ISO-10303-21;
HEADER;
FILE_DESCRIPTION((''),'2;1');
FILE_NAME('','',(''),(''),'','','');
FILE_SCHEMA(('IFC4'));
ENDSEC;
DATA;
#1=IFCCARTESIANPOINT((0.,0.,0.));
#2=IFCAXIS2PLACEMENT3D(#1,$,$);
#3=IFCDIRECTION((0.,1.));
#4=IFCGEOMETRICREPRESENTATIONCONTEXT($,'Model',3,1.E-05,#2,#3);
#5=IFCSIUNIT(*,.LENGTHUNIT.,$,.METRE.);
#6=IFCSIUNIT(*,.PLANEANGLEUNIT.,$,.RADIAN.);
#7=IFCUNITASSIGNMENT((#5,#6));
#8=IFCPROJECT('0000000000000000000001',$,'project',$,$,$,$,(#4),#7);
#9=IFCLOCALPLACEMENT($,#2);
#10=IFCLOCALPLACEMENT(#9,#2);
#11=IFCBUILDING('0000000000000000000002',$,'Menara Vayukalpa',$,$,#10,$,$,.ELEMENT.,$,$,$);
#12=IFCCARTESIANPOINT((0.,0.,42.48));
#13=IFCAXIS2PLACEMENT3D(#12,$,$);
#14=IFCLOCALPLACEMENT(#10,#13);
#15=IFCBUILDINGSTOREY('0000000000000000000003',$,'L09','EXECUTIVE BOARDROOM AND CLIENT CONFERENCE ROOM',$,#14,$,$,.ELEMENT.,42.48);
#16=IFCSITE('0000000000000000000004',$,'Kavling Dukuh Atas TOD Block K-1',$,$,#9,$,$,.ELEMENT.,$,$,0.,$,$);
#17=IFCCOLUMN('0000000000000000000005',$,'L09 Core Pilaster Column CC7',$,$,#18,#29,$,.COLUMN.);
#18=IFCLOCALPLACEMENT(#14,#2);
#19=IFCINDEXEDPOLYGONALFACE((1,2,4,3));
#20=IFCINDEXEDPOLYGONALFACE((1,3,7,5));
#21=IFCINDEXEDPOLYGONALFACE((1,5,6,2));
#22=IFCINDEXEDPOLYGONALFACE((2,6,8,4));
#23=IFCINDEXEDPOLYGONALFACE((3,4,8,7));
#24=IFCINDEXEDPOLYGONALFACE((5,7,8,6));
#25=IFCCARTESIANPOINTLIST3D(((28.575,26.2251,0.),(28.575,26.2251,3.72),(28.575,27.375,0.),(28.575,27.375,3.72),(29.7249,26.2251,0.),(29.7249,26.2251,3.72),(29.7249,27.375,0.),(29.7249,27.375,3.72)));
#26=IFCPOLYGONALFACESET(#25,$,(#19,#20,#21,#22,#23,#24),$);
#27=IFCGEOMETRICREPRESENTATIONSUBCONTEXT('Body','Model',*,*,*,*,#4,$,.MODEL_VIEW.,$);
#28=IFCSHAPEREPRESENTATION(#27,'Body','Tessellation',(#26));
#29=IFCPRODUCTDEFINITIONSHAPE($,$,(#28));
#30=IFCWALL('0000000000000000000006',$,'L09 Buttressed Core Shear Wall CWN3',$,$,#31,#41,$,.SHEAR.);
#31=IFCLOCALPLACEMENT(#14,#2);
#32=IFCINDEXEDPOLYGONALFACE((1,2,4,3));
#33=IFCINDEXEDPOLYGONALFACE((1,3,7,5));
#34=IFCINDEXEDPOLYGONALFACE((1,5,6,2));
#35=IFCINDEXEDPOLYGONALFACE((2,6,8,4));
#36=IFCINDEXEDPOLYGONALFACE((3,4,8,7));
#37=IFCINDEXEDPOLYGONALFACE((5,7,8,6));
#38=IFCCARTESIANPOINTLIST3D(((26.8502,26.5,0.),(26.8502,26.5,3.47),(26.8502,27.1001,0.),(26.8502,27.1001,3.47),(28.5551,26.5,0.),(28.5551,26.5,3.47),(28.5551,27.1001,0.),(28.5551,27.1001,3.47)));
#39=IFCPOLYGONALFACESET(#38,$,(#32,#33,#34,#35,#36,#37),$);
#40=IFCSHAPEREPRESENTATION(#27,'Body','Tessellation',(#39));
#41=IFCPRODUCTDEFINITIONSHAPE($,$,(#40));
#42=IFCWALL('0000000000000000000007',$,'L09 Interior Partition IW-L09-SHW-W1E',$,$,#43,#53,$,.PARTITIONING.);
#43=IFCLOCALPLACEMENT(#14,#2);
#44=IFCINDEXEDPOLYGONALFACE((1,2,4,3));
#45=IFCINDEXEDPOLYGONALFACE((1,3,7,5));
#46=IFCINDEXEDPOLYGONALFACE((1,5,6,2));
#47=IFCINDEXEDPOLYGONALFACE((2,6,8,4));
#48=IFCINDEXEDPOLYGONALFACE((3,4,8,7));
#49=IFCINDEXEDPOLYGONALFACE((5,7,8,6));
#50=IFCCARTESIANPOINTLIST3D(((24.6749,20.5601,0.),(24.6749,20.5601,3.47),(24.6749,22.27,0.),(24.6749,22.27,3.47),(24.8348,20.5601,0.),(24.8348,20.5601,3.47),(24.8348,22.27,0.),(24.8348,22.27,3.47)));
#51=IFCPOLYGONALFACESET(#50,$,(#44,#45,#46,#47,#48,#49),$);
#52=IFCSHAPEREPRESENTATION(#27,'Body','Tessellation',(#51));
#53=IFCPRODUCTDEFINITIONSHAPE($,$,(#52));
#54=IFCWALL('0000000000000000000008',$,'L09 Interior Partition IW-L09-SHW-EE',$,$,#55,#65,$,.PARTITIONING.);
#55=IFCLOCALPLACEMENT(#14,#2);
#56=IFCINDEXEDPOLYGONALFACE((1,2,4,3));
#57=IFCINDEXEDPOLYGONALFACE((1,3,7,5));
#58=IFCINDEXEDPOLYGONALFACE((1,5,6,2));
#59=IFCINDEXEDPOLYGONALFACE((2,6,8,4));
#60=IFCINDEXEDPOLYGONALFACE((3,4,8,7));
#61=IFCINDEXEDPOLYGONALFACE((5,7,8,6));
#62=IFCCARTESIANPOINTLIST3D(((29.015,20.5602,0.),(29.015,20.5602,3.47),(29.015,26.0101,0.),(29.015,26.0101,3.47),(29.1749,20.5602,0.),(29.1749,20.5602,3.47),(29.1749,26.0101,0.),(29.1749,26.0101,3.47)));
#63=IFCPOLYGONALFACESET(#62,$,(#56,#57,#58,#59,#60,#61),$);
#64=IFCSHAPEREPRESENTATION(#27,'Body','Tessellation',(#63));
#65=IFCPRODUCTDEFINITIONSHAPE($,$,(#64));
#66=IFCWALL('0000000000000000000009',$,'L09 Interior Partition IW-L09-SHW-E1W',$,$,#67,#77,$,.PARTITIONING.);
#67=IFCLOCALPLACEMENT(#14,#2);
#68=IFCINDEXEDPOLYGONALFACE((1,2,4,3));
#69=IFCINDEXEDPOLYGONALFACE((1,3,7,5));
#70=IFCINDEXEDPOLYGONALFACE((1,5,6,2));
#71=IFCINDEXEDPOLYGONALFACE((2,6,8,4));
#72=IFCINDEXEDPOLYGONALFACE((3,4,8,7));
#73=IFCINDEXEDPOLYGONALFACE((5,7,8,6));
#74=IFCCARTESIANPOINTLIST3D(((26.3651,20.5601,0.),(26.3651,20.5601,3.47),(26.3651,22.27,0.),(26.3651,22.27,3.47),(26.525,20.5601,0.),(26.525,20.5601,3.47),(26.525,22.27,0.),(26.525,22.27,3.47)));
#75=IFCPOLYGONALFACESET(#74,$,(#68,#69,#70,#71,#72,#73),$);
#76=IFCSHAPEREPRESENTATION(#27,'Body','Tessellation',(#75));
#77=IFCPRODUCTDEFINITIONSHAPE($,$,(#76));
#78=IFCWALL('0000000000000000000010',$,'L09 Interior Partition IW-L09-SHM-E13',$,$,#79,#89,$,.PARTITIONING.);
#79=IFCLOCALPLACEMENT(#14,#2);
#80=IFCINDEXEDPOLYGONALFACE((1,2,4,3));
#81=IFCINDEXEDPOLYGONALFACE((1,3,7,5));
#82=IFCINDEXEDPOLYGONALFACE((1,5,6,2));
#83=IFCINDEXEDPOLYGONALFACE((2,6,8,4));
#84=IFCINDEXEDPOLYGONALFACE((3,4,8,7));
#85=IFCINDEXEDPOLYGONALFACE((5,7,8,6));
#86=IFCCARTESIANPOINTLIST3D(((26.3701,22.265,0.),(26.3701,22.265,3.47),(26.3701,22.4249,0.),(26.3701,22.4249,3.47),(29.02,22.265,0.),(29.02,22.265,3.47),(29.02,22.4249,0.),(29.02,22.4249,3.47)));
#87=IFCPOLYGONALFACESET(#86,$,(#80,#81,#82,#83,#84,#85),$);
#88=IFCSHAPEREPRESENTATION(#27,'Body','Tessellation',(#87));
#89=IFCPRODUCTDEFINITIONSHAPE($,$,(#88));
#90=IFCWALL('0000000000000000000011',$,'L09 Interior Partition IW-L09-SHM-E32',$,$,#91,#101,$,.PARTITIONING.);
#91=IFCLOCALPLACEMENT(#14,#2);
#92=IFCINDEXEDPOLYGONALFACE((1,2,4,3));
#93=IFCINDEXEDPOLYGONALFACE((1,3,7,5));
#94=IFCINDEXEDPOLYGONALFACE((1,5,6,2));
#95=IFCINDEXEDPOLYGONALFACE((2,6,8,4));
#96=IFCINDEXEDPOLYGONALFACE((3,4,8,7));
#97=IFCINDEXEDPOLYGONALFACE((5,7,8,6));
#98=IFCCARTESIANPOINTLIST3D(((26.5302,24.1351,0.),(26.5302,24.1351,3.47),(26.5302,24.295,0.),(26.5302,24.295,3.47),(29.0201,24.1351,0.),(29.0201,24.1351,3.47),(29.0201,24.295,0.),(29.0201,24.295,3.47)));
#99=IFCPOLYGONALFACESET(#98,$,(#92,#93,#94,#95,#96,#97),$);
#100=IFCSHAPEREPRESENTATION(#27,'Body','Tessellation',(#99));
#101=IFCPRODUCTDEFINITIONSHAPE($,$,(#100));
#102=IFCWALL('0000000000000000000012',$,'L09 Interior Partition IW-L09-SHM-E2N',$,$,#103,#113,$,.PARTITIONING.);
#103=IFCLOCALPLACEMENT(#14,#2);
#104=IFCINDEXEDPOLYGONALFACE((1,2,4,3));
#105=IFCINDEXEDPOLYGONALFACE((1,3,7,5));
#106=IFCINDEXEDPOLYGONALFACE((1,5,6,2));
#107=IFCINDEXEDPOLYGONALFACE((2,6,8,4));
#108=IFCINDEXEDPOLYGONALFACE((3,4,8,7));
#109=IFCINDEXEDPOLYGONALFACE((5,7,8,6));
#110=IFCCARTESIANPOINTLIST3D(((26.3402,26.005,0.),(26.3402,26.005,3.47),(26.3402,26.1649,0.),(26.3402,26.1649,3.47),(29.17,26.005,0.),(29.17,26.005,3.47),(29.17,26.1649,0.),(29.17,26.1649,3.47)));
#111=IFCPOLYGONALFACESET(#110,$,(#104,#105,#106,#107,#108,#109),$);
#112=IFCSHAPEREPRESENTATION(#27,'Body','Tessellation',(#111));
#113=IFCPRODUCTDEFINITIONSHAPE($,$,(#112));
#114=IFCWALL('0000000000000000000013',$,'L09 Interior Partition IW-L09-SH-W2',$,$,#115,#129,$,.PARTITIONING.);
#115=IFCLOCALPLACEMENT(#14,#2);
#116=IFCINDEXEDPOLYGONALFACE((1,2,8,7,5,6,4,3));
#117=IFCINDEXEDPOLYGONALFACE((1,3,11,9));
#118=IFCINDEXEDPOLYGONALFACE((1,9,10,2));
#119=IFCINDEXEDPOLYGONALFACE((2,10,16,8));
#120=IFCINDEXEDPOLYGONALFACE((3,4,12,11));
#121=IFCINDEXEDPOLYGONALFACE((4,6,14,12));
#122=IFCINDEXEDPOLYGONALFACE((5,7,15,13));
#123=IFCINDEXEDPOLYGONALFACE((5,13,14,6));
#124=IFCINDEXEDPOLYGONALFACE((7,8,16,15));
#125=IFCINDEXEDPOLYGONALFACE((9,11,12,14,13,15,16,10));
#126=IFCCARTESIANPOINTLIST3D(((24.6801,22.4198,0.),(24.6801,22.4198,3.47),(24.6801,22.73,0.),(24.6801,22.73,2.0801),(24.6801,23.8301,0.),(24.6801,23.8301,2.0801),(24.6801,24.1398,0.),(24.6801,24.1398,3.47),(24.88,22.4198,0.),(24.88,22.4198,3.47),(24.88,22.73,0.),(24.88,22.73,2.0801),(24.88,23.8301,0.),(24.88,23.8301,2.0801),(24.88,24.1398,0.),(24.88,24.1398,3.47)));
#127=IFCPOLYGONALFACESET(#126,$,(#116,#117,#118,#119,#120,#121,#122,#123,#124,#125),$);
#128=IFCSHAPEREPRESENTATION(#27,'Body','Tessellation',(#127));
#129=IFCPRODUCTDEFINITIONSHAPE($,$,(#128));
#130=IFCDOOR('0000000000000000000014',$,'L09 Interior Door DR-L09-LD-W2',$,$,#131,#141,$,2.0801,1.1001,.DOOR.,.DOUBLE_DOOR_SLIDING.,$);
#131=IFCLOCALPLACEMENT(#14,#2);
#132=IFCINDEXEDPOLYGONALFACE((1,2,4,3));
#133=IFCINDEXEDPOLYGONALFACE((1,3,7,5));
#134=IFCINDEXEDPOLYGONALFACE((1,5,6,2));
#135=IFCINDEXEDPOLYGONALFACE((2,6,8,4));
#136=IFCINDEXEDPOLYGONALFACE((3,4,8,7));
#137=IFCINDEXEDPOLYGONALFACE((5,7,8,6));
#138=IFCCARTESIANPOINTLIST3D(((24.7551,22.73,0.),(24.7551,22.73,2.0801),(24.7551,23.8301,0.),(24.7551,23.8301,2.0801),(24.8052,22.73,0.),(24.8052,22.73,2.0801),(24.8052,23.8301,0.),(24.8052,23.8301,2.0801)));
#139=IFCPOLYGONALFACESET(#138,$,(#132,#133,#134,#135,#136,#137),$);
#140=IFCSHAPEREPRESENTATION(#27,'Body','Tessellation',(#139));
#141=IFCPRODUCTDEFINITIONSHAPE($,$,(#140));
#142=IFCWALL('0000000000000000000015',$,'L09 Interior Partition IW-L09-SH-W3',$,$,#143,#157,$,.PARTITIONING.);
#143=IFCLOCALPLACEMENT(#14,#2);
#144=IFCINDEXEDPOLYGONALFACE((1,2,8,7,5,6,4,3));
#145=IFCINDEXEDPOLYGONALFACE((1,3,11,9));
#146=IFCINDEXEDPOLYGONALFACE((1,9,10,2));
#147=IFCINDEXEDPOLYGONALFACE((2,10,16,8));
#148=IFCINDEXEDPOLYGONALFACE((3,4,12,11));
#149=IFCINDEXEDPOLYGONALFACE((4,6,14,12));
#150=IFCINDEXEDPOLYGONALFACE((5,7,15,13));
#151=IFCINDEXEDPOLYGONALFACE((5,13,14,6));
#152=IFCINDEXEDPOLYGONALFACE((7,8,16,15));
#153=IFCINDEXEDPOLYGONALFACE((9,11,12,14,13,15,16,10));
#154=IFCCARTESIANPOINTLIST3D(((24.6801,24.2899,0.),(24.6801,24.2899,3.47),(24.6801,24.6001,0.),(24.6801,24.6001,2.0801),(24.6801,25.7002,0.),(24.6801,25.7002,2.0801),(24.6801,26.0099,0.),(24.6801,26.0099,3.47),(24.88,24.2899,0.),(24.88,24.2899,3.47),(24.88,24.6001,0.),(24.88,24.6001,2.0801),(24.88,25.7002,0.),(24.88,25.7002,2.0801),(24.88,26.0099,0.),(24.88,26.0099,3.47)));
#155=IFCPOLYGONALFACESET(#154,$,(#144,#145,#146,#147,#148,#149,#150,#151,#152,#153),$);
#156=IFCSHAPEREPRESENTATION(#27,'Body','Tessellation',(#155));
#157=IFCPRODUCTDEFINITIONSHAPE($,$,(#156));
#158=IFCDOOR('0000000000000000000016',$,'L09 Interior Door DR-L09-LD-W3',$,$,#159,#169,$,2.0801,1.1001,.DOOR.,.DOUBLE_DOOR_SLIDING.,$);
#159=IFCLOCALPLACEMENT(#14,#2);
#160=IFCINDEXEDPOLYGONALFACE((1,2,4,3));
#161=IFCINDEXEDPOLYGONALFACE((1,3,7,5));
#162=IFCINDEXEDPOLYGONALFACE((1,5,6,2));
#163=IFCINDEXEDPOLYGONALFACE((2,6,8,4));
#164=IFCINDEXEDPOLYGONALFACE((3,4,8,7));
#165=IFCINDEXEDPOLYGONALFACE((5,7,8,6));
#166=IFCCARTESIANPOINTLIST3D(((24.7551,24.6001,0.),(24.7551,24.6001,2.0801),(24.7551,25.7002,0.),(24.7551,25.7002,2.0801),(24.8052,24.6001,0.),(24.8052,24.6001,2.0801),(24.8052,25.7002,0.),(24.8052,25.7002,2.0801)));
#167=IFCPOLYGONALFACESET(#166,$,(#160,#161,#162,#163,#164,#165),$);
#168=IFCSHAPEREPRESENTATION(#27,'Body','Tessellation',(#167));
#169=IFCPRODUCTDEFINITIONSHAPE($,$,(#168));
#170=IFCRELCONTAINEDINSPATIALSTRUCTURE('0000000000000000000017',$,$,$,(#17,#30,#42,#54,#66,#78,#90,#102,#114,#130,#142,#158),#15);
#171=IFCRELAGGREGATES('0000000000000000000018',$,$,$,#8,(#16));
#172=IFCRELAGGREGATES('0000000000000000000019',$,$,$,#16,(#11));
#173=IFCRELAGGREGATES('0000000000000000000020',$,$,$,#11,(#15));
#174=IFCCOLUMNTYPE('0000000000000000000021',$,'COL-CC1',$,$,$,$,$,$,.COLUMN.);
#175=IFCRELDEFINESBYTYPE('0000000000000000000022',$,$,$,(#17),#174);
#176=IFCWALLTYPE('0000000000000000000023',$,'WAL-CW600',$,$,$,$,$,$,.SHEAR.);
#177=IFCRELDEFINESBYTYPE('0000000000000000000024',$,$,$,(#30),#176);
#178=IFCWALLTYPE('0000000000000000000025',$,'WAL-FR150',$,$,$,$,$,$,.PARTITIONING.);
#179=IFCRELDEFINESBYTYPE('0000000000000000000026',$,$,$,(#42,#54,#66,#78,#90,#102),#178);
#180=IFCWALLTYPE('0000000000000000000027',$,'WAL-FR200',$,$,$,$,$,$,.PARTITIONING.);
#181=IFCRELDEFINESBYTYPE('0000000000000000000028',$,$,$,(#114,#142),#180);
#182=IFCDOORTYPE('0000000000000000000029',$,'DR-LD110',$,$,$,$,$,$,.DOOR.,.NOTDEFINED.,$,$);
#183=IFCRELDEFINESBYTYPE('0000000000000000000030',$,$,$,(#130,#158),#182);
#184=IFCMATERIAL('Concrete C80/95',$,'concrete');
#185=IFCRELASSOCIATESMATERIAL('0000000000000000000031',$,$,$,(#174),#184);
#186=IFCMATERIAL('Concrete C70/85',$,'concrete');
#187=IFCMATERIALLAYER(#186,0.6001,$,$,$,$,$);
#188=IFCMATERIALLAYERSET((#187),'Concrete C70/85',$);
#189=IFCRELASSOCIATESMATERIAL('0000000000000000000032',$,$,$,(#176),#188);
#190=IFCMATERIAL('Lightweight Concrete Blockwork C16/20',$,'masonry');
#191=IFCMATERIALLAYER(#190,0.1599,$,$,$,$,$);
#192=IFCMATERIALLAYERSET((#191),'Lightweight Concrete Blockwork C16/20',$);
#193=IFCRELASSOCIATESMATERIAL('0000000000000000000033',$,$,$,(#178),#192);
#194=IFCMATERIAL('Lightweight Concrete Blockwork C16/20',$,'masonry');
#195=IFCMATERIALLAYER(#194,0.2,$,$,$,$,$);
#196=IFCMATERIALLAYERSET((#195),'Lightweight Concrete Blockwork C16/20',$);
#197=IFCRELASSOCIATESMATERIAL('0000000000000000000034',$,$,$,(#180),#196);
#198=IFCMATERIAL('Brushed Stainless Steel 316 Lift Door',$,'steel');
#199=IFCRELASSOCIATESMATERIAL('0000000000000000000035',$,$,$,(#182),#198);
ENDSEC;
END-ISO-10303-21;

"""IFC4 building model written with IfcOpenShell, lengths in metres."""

from ifc_helpers import new_model, si_unit, direction, frame, frame_2d, origin, origin_2d, place, context, subcontext, project, spatial, rectangle, extrude, material, layer, layer_set, material_profile, profile_set, type_object, element, fill, save


model = new_model("IFC4")

# Units and contexts
model_context = context("Model", 3, precision=1e-05, world=origin(), true_north=direction((0.0, 1.0)))
body_context = subcontext(model_context, "Body", "Model", "MODEL_VIEW")
ifc_project = project(units=[si_unit("LENGTHUNIT", "METRE"), si_unit("PLANEANGLEUNIT", "RADIAN")], contexts=[model_context])

# Site, building, storey
site_placement = place(None, origin())
site = spatial("IfcSite", under=ifc_project, at=site_placement, Name="Kavling Dukuh Atas TOD Block K-1", CompositionType="ELEMENT", RefElevation=0.0)
building_placement = place(site_placement, origin())
building = spatial("IfcBuilding", under=site, at=building_placement, Name="Menara Vayukalpa", CompositionType="ELEMENT")
storey_placement = place(building_placement, frame((0.0, 0.0, 42.48)))
storey = spatial("IfcBuildingStorey", under=building, at=storey_placement, Name="L09", Description="EXECUTIVE BOARDROOM AND CLIENT CONFERENCE ROOM", CompositionType="ELEMENT", Elevation=42.48)

# Column
ifc_material_1 = material(Name="Concrete C80/95", Category="concrete")
ifc_material_profile = material_profile(ifc_material_1, rectangle(XDim=1.1499, YDim=1.1499, at=origin_2d()), Name="RC 1150x1150")
ifc_profile_set = profile_set([ifc_material_profile], Name="Concrete C80/95")
column_type = type_object("IfcColumnType", Name="COL-CC1", PredefinedType="COLUMN", material=ifc_profile_set)
column_placement = place(storey_placement, frame((29.1499, 26.8, 0.0), z_axis=(0.0, 0.0, 1.0), x_axis=(1.0, 0.0, 0.0)))
element("IfcColumn", 1, at=column_placement, inside=storey, type_object=column_type, Name="L09 Core Pilaster Column CC7", PredefinedType="COLUMN", context=body_context, shape_type="SweptSolid", body=[
    extrude(rectangle(XDim=1.1499, YDim=1.1499, at=origin_2d()), origin(), (0.0, 0.0, 1.0), 3.72),
])

# Walls
ifc_material_2 = material(Name="Concrete C70/85", Category="concrete")
ifc_layer_1 = layer(ifc_material_2, 0.6001)
ifc_layer_set_1 = layer_set([ifc_layer_1], Name="Concrete C70/85")
wall_type_1 = type_object("IfcWallType", Name="WAL-CW600", PredefinedType="SHEAR", material=ifc_layer_set_1)
wall_1_placement = place(storey_placement, frame((26.8501, 26.8, 0.0), z_axis=(0.0, 0.0, 1.0), x_axis=(1.0, 0.0, 0.0)))
element("IfcWall", 2, at=wall_1_placement, inside=storey, type_object=wall_type_1, Name="L09 Buttressed Core Shear Wall CWN3", PredefinedType="SHEAR", context=body_context, shape_type="SweptSolid", body=[
    extrude(rectangle(XDim=1.7048, YDim=0.6001, at=frame_2d((0.8525, 0.0))), origin(), (0.0, 0.0, 1.0), 3.47),
])
ifc_material_3 = material(Name="Lightweight Concrete Blockwork C16/20", Category="masonry")
ifc_layer_2 = layer(ifc_material_3, 0.1599)
ifc_layer_set_2 = layer_set([ifc_layer_2], Name="Lightweight Concrete Blockwork C16/20")
wall_type_2 = type_object("IfcWallType", Name="WAL-FR150", PredefinedType="PARTITIONING", material=ifc_layer_set_2)
wall_2_placement = place(storey_placement, frame((24.7549, 20.5601, 0.0), z_axis=(0.0, 0.0, 1.0), x_axis=(0.0, 1.0, 0.0)))
element("IfcWall", 3, at=wall_2_placement, inside=storey, type_object=wall_type_2, Name="L09 Interior Partition IW-L09-SHW-W1E", PredefinedType="PARTITIONING", context=body_context, shape_type="SweptSolid", body=[
    extrude(rectangle(XDim=1.71, YDim=0.1599, at=frame_2d((0.855, 0.0))), origin(), (0.0, 0.0, 1.0), 3.47),
])
wall_3_placement = place(storey_placement, frame((29.095, 20.5601, 0.0), z_axis=(0.0, 0.0, 1.0), x_axis=(0.0, 1.0, 0.0)))
element("IfcWall", 4, at=wall_3_placement, inside=storey, type_object=wall_type_2, Name="L09 Interior Partition IW-L09-SHW-EE", PredefinedType="PARTITIONING", context=body_context, shape_type="SweptSolid", body=[
    extrude(rectangle(XDim=5.45, YDim=0.1599, at=frame_2d((2.7251, 0.0))), origin(), (0.0, 0.0, 1.0), 3.47),
])
wall_4_placement = place(storey_placement, frame((26.4451, 20.5601, 0.0), z_axis=(0.0, 0.0, 1.0), x_axis=(0.0, 1.0, 0.0)))
element("IfcWall", 5, at=wall_4_placement, inside=storey, type_object=wall_type_2, Name="L09 Interior Partition IW-L09-SHW-E1W", PredefinedType="PARTITIONING", context=body_context, shape_type="SweptSolid", body=[
    extrude(rectangle(XDim=1.71, YDim=0.1599, at=frame_2d((0.855, 0.0))), origin(), (0.0, 0.0, 1.0), 3.47),
])
wall_5_placement = place(storey_placement, frame((26.3701, 22.345, 0.0), z_axis=(0.0, 0.0, 1.0), x_axis=(1.0, 0.0, 0.0)))
element("IfcWall", 6, at=wall_5_placement, inside=storey, type_object=wall_type_2, Name="L09 Interior Partition IW-L09-SHM-E13", PredefinedType="PARTITIONING", context=body_context, shape_type="SweptSolid", body=[
    extrude(rectangle(XDim=2.6499, YDim=0.1599, at=frame_2d((1.325, 0.0))), origin(), (0.0, 0.0, 1.0), 3.47),
])
wall_6_placement = place(storey_placement, frame((26.53, 24.2151, 0.0), z_axis=(0.0, 0.0, 1.0), x_axis=(1.0, 0.0, 0.0)))
element("IfcWall", 7, at=wall_6_placement, inside=storey, type_object=wall_type_2, Name="L09 Interior Partition IW-L09-SHM-E32", PredefinedType="PARTITIONING", context=body_context, shape_type="SweptSolid", body=[
    extrude(rectangle(XDim=2.49, YDim=0.1599, at=frame_2d((1.2451, 0.0))), origin(), (0.0, 0.0, 1.0), 3.47),
])
wall_7_placement = place(storey_placement, frame((26.3401, 26.085, 0.0), z_axis=(0.0, 0.0, 1.0), x_axis=(1.0, 0.0, 0.0)))
element("IfcWall", 8, at=wall_7_placement, inside=storey, type_object=wall_type_2, Name="L09 Interior Partition IW-L09-SHM-E2N", PredefinedType="PARTITIONING", context=body_context, shape_type="SweptSolid", body=[
    extrude(rectangle(XDim=2.8298, YDim=0.1599, at=frame_2d((1.415, 0.0))), origin(), (0.0, 0.0, 1.0), 3.47),
])

# Walls, openings, doors
ifc_material_4 = material(Name="Lightweight Concrete Blockwork C16/20", Category="masonry")
ifc_layer_3 = layer(ifc_material_4, 0.2)
ifc_layer_set_3 = layer_set([ifc_layer_3], Name="Lightweight Concrete Blockwork C16/20")
wall_type_3 = type_object("IfcWallType", Name="WAL-FR200", PredefinedType="PARTITIONING", material=ifc_layer_set_3)
wall_8_placement = place(storey_placement, frame((24.78, 22.4199, 0.0), z_axis=(0.0, 0.0, 1.0), x_axis=(0.0, 1.0, 0.0)))
wall_8 = element("IfcWall", 9, at=wall_8_placement, inside=storey, type_object=wall_type_3, Name="L09 Interior Partition IW-L09-SH-W2", PredefinedType="PARTITIONING", context=body_context, shape_type="SweptSolid", body=[
    extrude(rectangle(XDim=1.72, YDim=0.2, at=frame_2d((0.8599, 0.0))), origin(), (0.0, 0.0, 1.0), 3.47),
])
opening_1_placement = place(wall_8_placement, frame((0.3101, 0.0, 0.0)))
opening_1 = element("IfcOpeningElement", 10, at=opening_1_placement, cuts=wall_8, PredefinedType="OPENING", context=body_context, shape_type="SweptSolid", body=[
    extrude(rectangle(XDim=1.1001, YDim=2.0801, at=frame_2d((0.55, 1.04))), frame((0.0, 0.1099, 0.0), z_axis=(0.0, -1.0, 0.0), x_axis=(1.0, 0.0, 0.0)), (0.0, 0.0, 1.0), 0.22),
])
ifc_material_5 = material(Name="Brushed Stainless Steel 316 Lift Door", Category="steel")
door_type = type_object("IfcDoorType", Name="DR-LD110", OperationType="NOTDEFINED", PredefinedType="DOOR", material=ifc_material_5)
door_1_placement = place(opening_1_placement, origin())
door_1 = element("IfcDoor", 11, at=door_1_placement, inside=storey, type_object=door_type, Name="L09 Interior Door DR-L09-LD-W2", OperationType="DOUBLE_DOOR_SLIDING", OverallHeight=2.0801, OverallWidth=1.1001, PredefinedType="DOOR", context=body_context, shape_type="SweptSolid", body=[
    extrude(rectangle(XDim=1.1001, YDim=2.0801, at=frame_2d((0.55, 1.04))), frame((0.0, 0.0249, 0.0), z_axis=(0.0, -1.0, 0.0), x_axis=(1.0, 0.0, 0.0)), (0.0, 0.0, 1.0), 0.05),
])
fill(opening_1, door_1)
wall_9_placement = place(storey_placement, frame((24.78, 24.29, 0.0), z_axis=(0.0, 0.0, 1.0), x_axis=(0.0, 1.0, 0.0)))
wall_9 = element("IfcWall", 12, at=wall_9_placement, inside=storey, type_object=wall_type_3, Name="L09 Interior Partition IW-L09-SH-W3", PredefinedType="PARTITIONING", context=body_context, shape_type="SweptSolid", body=[
    extrude(rectangle(XDim=1.72, YDim=0.2, at=frame_2d((0.8599, 0.0))), origin(), (0.0, 0.0, 1.0), 3.47),
])
opening_2_placement = place(wall_9_placement, frame((0.3101, 0.0, 0.0)))
opening_2 = element("IfcOpeningElement", 13, at=opening_2_placement, cuts=wall_9, PredefinedType="OPENING", context=body_context, shape_type="SweptSolid", body=[
    extrude(rectangle(XDim=1.1001, YDim=2.0801, at=frame_2d((0.55, 1.04))), frame((0.0, 0.1099, 0.0), z_axis=(0.0, -1.0, 0.0), x_axis=(1.0, 0.0, 0.0)), (0.0, 0.0, 1.0), 0.22),
])
door_2_placement = place(opening_2_placement, origin())
door_2 = element("IfcDoor", 14, at=door_2_placement, inside=storey, type_object=door_type, Name="L09 Interior Door DR-L09-LD-W3", OperationType="DOUBLE_DOOR_SLIDING", OverallHeight=2.0801, OverallWidth=1.1001, PredefinedType="DOOR", context=body_context, shape_type="SweptSolid", body=[
    extrude(rectangle(XDim=1.1001, YDim=2.0801, at=frame_2d((0.55, 1.04))), frame((0.0, 0.0249, 0.0), z_axis=(0.0, -1.0, 0.0), x_axis=(1.0, 0.0, 0.0)), (0.0, 0.0, 1.0), 0.05),
])
fill(opening_2, door_2)

save(model, "model.ifc")
